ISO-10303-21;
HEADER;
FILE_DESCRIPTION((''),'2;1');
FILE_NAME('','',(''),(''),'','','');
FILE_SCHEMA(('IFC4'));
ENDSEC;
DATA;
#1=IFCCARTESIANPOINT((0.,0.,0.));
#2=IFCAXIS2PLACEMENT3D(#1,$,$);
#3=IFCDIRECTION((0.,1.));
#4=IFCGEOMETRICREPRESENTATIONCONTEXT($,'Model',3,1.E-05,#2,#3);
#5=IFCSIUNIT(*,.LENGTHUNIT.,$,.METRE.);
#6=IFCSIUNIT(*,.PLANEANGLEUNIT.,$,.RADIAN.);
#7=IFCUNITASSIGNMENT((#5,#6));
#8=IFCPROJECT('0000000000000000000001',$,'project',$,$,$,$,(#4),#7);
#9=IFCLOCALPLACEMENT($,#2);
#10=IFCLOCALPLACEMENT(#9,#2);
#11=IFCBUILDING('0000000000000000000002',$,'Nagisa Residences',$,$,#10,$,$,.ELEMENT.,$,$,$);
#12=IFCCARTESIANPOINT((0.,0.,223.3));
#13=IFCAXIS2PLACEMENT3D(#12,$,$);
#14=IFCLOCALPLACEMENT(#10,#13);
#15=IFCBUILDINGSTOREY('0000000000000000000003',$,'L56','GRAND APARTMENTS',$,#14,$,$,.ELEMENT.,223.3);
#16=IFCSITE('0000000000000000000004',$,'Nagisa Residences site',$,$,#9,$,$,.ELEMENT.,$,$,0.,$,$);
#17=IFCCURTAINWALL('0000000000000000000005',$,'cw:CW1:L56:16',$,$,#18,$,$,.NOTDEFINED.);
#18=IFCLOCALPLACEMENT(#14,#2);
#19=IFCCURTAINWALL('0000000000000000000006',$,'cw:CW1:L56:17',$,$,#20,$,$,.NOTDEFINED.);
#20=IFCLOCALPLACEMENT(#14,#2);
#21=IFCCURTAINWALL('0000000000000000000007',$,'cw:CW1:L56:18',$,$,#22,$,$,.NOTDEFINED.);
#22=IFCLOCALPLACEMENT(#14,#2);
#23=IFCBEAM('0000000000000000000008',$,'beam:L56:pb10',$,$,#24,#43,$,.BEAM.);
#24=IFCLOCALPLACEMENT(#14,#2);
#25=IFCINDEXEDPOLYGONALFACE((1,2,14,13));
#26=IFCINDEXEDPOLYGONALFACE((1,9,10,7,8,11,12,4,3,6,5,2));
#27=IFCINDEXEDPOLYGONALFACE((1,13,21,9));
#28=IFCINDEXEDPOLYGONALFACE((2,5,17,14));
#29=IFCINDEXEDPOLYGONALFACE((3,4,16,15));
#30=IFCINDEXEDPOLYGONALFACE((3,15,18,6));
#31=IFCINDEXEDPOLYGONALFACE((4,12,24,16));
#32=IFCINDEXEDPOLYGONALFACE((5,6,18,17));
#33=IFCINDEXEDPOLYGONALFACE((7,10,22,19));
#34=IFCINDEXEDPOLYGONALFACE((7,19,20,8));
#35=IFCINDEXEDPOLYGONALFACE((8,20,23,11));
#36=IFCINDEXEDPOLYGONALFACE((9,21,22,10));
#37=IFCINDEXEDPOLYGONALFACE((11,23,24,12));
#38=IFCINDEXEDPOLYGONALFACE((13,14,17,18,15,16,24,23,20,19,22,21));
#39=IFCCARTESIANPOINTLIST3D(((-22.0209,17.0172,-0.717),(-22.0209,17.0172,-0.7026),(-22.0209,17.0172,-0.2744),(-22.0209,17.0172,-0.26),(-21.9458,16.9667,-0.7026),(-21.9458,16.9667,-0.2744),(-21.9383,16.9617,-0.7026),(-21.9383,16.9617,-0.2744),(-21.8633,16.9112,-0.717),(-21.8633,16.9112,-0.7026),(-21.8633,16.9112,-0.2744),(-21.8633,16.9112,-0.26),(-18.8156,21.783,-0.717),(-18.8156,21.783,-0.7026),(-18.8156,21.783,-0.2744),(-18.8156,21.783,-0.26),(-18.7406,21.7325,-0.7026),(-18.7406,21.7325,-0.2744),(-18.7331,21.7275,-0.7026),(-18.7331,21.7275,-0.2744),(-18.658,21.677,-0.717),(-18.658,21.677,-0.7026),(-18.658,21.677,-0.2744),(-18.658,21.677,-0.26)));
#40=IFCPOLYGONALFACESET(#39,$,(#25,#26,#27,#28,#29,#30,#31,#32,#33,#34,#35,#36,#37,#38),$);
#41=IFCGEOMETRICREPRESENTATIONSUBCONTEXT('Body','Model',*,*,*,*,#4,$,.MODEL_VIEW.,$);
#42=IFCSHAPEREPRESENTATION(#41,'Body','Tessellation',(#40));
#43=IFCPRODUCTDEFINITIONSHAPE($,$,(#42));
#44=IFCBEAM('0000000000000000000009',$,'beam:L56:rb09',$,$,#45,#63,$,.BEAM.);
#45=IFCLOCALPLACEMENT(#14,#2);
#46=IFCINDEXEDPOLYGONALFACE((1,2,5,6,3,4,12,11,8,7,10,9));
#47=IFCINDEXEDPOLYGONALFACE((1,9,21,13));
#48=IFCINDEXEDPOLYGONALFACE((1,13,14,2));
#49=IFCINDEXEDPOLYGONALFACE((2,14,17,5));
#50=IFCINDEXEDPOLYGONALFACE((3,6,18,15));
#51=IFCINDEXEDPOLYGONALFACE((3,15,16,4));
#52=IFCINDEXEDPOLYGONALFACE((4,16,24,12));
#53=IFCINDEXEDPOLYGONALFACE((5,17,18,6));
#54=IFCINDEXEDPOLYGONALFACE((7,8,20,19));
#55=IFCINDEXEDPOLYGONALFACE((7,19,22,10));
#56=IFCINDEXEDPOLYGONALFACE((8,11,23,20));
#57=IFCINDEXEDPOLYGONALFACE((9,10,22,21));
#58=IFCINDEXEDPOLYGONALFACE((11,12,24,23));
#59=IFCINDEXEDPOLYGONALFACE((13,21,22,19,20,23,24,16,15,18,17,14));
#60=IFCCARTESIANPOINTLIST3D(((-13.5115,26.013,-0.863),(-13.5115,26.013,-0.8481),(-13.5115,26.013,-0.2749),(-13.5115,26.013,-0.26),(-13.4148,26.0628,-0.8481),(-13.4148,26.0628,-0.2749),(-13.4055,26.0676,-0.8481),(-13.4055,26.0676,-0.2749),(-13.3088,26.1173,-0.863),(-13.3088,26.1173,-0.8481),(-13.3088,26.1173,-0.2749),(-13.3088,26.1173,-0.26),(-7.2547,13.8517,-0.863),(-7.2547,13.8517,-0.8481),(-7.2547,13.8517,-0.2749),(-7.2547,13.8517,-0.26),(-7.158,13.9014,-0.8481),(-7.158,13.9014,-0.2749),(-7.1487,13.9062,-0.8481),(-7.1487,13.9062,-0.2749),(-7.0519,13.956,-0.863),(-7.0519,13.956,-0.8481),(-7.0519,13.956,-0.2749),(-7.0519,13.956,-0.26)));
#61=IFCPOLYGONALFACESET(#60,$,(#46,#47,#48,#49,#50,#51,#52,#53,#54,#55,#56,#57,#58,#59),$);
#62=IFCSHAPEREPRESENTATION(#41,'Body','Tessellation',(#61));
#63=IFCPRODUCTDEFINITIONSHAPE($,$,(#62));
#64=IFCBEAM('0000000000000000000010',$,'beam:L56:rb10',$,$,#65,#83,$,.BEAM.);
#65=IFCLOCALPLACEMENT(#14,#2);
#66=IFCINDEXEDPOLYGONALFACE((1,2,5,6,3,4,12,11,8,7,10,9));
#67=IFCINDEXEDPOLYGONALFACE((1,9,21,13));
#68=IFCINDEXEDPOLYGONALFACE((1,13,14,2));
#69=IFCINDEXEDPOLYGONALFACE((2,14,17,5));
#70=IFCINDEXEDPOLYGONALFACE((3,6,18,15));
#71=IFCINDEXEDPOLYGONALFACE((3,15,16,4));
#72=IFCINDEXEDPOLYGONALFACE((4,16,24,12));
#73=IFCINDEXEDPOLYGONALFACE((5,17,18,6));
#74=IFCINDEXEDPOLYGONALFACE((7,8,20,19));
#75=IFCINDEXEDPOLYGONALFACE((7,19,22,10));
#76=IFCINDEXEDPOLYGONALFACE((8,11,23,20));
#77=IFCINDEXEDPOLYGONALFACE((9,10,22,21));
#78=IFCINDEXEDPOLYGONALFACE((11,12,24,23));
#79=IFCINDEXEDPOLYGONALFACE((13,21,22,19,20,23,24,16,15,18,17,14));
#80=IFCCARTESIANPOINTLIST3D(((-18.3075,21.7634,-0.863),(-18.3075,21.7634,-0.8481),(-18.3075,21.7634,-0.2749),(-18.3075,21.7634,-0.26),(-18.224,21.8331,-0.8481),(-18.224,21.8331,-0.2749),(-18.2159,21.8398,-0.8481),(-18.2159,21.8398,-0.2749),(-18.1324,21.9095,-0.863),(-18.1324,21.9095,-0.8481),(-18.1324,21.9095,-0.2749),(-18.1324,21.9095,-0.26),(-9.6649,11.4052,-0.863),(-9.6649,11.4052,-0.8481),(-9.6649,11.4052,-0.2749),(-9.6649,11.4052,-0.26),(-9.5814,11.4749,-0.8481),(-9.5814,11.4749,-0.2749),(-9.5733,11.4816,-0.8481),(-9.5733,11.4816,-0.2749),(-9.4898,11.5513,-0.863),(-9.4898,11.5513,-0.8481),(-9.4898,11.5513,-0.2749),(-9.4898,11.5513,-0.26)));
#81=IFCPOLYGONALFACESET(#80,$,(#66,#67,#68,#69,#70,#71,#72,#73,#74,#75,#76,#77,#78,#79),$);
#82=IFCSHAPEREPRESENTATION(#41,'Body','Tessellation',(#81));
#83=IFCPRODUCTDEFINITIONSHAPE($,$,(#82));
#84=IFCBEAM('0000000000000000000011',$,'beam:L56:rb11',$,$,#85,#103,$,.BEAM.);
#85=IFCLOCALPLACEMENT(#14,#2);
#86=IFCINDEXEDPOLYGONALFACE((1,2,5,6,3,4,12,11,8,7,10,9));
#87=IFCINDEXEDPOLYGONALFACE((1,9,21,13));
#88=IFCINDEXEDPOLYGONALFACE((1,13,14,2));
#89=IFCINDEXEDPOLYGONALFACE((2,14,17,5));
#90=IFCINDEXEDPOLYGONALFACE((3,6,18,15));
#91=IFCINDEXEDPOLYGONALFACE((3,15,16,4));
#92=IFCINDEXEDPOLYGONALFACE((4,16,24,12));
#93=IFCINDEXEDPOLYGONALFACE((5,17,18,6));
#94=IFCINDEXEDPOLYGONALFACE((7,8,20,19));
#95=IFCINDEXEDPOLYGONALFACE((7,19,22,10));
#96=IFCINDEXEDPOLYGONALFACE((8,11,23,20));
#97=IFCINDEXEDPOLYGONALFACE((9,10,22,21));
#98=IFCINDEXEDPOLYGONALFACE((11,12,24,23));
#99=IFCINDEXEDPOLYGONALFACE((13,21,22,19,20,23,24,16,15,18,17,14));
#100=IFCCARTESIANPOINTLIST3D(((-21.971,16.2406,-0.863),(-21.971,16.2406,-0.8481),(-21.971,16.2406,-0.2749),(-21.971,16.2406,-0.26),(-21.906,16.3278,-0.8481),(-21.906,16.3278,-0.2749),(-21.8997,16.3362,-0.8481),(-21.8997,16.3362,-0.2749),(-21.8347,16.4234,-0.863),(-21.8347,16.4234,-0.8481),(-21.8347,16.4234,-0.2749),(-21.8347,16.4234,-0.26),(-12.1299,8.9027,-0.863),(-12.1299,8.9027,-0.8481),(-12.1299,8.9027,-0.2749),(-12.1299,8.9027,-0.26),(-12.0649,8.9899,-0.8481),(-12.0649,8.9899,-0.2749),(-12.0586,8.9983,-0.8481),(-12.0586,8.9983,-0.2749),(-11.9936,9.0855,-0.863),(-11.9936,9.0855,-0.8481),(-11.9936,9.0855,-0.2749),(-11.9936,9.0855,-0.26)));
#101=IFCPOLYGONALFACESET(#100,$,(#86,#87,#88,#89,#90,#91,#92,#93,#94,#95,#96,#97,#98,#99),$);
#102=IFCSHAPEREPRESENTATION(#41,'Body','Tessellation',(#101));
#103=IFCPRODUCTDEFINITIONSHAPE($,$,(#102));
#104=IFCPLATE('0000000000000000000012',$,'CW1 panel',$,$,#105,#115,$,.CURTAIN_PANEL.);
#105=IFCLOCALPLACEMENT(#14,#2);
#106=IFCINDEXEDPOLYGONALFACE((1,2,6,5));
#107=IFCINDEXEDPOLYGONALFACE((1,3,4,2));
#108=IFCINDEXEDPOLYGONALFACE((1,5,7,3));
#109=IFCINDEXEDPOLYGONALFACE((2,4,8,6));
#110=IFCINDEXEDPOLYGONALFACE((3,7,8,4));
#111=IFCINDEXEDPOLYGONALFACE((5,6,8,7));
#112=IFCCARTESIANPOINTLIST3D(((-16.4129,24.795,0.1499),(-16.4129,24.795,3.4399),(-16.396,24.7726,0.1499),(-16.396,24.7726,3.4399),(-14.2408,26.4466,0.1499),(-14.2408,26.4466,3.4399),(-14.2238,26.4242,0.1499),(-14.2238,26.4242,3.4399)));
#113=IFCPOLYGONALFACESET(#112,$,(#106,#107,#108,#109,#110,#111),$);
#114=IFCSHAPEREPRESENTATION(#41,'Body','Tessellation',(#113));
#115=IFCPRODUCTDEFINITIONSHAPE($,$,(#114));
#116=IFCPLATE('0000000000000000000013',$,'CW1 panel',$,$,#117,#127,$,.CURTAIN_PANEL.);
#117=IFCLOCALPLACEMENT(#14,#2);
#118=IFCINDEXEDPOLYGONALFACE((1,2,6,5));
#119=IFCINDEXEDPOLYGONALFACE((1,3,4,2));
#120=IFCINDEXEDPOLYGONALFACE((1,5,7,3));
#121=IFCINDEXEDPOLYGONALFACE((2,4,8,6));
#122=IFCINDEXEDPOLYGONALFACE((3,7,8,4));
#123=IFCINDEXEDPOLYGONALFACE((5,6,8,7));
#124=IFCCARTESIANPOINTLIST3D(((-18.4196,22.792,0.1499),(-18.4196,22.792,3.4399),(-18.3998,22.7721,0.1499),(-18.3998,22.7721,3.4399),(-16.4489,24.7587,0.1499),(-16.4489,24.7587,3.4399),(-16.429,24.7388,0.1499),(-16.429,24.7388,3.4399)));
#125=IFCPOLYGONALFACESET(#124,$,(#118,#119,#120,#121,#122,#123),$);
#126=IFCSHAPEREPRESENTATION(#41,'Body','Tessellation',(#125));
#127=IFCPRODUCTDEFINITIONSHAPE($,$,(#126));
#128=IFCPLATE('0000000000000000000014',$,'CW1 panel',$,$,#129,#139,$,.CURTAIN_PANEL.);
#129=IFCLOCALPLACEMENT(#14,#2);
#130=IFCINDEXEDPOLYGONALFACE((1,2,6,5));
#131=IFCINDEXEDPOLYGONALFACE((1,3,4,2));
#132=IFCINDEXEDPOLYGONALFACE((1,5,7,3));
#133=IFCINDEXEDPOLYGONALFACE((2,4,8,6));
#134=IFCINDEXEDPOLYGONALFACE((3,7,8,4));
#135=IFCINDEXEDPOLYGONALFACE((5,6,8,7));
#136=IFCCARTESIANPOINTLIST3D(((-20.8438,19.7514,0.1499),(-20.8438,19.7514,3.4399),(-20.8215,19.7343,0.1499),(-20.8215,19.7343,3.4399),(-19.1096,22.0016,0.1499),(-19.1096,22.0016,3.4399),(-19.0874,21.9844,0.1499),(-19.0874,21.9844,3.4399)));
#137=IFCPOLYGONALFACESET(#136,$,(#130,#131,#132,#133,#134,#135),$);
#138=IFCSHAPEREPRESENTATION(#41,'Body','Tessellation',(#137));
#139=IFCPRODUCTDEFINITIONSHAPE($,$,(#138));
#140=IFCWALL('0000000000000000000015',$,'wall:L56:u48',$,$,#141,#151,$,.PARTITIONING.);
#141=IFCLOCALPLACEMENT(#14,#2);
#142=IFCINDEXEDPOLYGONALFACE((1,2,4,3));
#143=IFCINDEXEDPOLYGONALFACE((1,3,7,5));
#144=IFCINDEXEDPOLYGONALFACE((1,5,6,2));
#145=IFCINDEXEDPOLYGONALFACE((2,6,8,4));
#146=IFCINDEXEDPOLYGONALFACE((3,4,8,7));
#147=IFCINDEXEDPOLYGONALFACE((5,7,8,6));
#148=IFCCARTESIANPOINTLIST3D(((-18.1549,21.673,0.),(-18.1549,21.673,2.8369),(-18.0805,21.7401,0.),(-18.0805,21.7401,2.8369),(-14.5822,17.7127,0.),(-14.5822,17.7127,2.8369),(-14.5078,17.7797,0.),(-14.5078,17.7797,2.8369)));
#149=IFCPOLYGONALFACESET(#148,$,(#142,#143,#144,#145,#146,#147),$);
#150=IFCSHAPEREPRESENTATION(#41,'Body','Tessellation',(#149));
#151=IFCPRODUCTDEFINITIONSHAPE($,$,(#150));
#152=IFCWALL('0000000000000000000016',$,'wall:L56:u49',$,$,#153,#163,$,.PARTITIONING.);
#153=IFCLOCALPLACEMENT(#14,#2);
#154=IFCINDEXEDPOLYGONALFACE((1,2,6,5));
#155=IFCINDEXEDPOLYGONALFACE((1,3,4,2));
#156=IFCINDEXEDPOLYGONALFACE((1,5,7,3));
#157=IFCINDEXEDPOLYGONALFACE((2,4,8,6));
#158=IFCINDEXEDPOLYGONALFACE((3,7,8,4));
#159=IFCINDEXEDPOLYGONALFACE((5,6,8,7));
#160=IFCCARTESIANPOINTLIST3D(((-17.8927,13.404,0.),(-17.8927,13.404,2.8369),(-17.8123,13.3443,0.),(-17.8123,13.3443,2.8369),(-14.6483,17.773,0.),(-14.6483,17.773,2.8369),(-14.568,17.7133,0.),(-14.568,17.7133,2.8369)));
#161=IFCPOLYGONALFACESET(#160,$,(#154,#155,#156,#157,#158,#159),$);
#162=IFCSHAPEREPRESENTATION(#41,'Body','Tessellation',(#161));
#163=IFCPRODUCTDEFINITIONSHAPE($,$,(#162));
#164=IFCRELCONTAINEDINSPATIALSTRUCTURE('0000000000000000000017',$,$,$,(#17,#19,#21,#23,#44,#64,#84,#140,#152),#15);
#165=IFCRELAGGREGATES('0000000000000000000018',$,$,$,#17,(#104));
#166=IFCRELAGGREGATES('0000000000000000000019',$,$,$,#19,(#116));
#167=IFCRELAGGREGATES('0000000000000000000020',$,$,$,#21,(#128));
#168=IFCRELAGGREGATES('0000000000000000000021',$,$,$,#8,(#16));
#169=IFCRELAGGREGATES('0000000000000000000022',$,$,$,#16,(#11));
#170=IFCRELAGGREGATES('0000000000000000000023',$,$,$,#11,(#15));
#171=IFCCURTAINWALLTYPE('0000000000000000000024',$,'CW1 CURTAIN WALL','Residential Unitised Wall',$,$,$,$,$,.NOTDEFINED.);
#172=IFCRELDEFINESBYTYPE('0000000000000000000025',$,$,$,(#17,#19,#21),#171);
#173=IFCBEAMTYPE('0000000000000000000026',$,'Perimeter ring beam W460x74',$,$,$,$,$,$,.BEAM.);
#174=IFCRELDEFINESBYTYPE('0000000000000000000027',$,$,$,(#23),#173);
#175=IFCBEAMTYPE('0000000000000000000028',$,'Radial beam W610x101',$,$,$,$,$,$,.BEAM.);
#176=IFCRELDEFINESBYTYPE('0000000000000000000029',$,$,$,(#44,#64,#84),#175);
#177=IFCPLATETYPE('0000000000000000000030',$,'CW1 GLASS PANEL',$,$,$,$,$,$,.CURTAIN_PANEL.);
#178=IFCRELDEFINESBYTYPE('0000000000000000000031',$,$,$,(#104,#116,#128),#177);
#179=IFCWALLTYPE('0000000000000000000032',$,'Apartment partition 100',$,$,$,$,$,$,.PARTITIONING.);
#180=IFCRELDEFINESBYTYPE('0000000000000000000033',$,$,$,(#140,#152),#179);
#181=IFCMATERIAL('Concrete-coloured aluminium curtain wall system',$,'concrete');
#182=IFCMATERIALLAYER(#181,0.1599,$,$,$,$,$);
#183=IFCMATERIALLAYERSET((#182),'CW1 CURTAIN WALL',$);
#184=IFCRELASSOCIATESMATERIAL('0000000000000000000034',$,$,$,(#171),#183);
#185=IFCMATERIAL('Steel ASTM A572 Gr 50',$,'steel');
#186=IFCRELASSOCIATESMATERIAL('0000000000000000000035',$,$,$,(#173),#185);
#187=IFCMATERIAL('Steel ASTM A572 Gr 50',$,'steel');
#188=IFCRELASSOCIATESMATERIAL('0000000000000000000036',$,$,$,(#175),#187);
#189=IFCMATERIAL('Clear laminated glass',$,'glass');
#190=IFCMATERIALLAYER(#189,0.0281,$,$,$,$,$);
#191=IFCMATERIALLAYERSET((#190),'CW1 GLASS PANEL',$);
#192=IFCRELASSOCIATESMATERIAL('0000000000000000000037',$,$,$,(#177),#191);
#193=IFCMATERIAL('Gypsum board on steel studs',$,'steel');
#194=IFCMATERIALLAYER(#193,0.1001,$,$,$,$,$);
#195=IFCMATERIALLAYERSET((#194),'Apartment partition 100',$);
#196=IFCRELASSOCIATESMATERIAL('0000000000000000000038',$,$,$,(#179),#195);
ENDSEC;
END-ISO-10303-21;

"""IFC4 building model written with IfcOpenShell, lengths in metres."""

from ifc_helpers import new_model, si_unit, direction, frame, frame_2d, origin, origin_2d, place, context, subcontext, project, spatial, rectangle, i_section, extrude, material, layer, layer_set, material_profile, profile_set, type_object, element, aggregate, save


model = new_model("IFC4")

# Units and contexts
model_context = context("Model", 3, precision=1e-05, world=origin(), true_north=direction((0.0, 1.0)))
body_context = subcontext(model_context, "Body", "Model", "MODEL_VIEW")
ifc_project = project(units=[si_unit("LENGTHUNIT", "METRE"), si_unit("PLANEANGLEUNIT", "RADIAN")], contexts=[model_context])

# Site, building, storey
site_placement = place(None, origin())
site = spatial("IfcSite", under=ifc_project, at=site_placement, Name="Nagisa Residences site", CompositionType="ELEMENT", RefElevation=0.0)
building_placement = place(site_placement, origin())
building = spatial("IfcBuilding", under=site, at=building_placement, Name="Nagisa Residences", CompositionType="ELEMENT")
storey_placement = place(building_placement, frame((0.0, 0.0, 223.3)))
storey = spatial("IfcBuildingStorey", under=building, at=storey_placement, Name="L56", Description="GRAND APARTMENTS", CompositionType="ELEMENT", Elevation=223.3)

# Curtain walls
ifc_material_1 = material(Name="Concrete-coloured aluminium curtain wall system", Category="concrete")
ifc_layer_1 = layer(ifc_material_1, 0.1599)
ifc_layer_set_1 = layer_set([ifc_layer_1], Name="CW1 CURTAIN WALL")
curtain_wall_type = type_object("IfcCurtainWallType", Name="CW1 CURTAIN WALL", Description="Residential Unitised Wall", PredefinedType="NOTDEFINED", material=ifc_layer_set_1)
curtain_wall_1_placement = place(storey_placement, origin())
curtain_wall_1 = element("IfcCurtainWall", 1, at=curtain_wall_1_placement, inside=storey, type_object=curtain_wall_type, Name="cw:CW1:L56:16", PredefinedType="NOTDEFINED")
curtain_wall_2_placement = place(storey_placement, origin())
curtain_wall_2 = element("IfcCurtainWall", 2, at=curtain_wall_2_placement, inside=storey, type_object=curtain_wall_type, Name="cw:CW1:L56:17", PredefinedType="NOTDEFINED")
curtain_wall_3_placement = place(storey_placement, origin())
curtain_wall_3 = element("IfcCurtainWall", 3, at=curtain_wall_3_placement, inside=storey, type_object=curtain_wall_type, Name="cw:CW1:L56:18", PredefinedType="NOTDEFINED")

# Beams
ifc_material_2 = material(Name="Steel ASTM A572 Gr 50", Category="steel")
ifc_material_profile_1 = material_profile(ifc_material_2, i_section(OverallWidth=0.1899, OverallDepth=0.457, WebThickness=0.009, FlangeThickness=0.0144, at=origin_2d()), Name="W460x74")
ifc_profile_set_1 = profile_set([ifc_material_profile_1], Name="Steel ASTM A572 Gr 50")
beam_type_1 = type_object("IfcBeamType", Name="Perimeter ring beam W460x74", PredefinedType="BEAM", material=ifc_profile_set_1)
beam_1_placement = place(storey_placement, frame((-18.7368, 21.73, -0.4885), z_axis=(-0.55808, -0.829787, 0.0), x_axis=(0.829787, -0.55808, 0.0)))
element("IfcBeam", 4, at=beam_1_placement, inside=storey, type_object=beam_type_1, Name="beam:L56:pb10", PredefinedType="BEAM", context=body_context, shape_type="SweptSolid", body=[
    extrude(i_section(OverallWidth=0.1899, OverallDepth=0.457, WebThickness=0.009, FlangeThickness=0.0144, at=origin_2d()), origin(), (0.0, 0.0, 1.0), 5.7434),
])
ifc_material_3 = material(Name="Steel ASTM A572 Gr 50", Category="steel")
ifc_material_profile_2 = material_profile(ifc_material_3, i_section(OverallWidth=0.228, OverallDepth=0.603, WebThickness=0.0105, FlangeThickness=0.0149, at=origin_2d()), Name="W610x101")
ifc_profile_set_2 = profile_set([ifc_material_profile_2], Name="Steel ASTM A572 Gr 50")
beam_type_2 = type_object("IfcBeamType", Name="Radial beam W610x101", PredefinedType="BEAM", material=ifc_profile_set_2)
beam_2_placement = place(storey_placement, frame((-13.4102, 26.0652, -0.5615), z_axis=(0.457488, -0.889216, 0.0), x_axis=(0.889216, 0.457488, 0.0)))
element("IfcBeam", 5, at=beam_2_placement, inside=storey, type_object=beam_type_2, Name="beam:L56:rb09", PredefinedType="BEAM", context=body_context, shape_type="SweptSolid", body=[
    extrude(i_section(OverallWidth=0.228, OverallDepth=0.603, WebThickness=0.0105, FlangeThickness=0.0149, at=origin_2d()), origin(), (0.0, 0.0, 1.0), 13.6765),
])
beam_3_placement = place(storey_placement, frame((-18.22, 21.8364, -0.5615), z_axis=(0.640656, -0.767828, 0.0), x_axis=(0.767828, 0.640656, 0.0)))
element("IfcBeam", 6, at=beam_3_placement, inside=storey, type_object=beam_type_2, Name="beam:L56:rb10", PredefinedType="BEAM", context=body_context, shape_type="SweptSolid", body=[
    extrude(i_section(OverallWidth=0.228, OverallDepth=0.603, WebThickness=0.0105, FlangeThickness=0.0149, at=origin_2d()), origin(), (0.0, 0.0, 1.0), 13.4902),
])
beam_4_placement = place(storey_placement, frame((-21.9028, 16.332, -0.5615), z_axis=(0.801675, -0.597761, 0.0), x_axis=(0.597761, 0.801675, 0.0)))
element("IfcBeam", 7, at=beam_4_placement, inside=storey, type_object=beam_type_2, Name="beam:L56:rb11", PredefinedType="BEAM", context=body_context, shape_type="SweptSolid", body=[
    extrude(i_section(OverallWidth=0.228, OverallDepth=0.603, WebThickness=0.0105, FlangeThickness=0.0149, at=origin_2d()), origin(), (0.0, 0.0, 1.0), 12.2756),
])

# Plates
ifc_material_4 = material(Name="Clear laminated glass", Category="glass")
ifc_layer_2 = layer(ifc_material_4, 0.0281)
ifc_layer_set_2 = layer_set([ifc_layer_2], Name="CW1 GLASS PANEL")
plate_type = type_object("IfcPlateType", Name="CW1 GLASS PANEL", PredefinedType="CURTAIN_PANEL", material=ifc_layer_set_2)
plate_1_placement = place(storey_placement, frame((-15.3184, 25.6096, 0.1499), z_axis=(0.0, 0.0, 1.0), x_axis=(-0.796031, -0.605255, 0.0)))
plate_1 = element("IfcPlate", 8, at=plate_1_placement, type_object=plate_type, Name="CW1 panel", PredefinedType="CURTAIN_PANEL", context=body_context, shape_type="SweptSolid", body=[
    extrude(rectangle(XDim=2.7288, YDim=0.0281, at=origin_2d()), origin(), (0.0, 0.0, 1.0), 3.29),
])
aggregate(curtain_wall_1, [plate_1])
plate_2_placement = place(storey_placement, frame((-17.4243, 23.7654, 0.1499), z_axis=(0.0, 0.0, 1.0), x_axis=(-0.707836, -0.706377, 0.0)))
plate_2 = element("IfcPlate", 9, at=plate_2_placement, type_object=plate_type, Name="CW1 panel", PredefinedType="CURTAIN_PANEL", context=body_context, shape_type="SweptSolid", body=[
    extrude(rectangle(XDim=2.7842, YDim=0.0281, at=origin_2d()), origin(), (0.0, 0.0, 1.0), 3.29),
])
aggregate(curtain_wall_2, [plate_2])
plate_3_placement = place(storey_placement, frame((-19.9656, 20.8679, 0.1499), z_axis=(0.0, 0.0, 1.0), x_axis=(-0.61043, -0.79207, 0.0)))
plate_3 = element("IfcPlate", 10, at=plate_3_placement, type_object=plate_type, Name="CW1 panel", PredefinedType="CURTAIN_PANEL", context=body_context, shape_type="SweptSolid", body=[
    extrude(rectangle(XDim=2.8408, YDim=0.0281, at=origin_2d()), origin(), (0.0, 0.0, 1.0), 3.29),
])
aggregate(curtain_wall_3, [plate_3])

# Walls
ifc_material_5 = material(Name="Gypsum board on steel studs", Category="steel")
ifc_layer_3 = layer(ifc_material_5, 0.1001)
ifc_layer_set_3 = layer_set([ifc_layer_3], Name="Apartment partition 100")
wall_type_1 = type_object("IfcWallType", Name="Apartment partition 100", PredefinedType="PARTITIONING", material=ifc_layer_set_3)
wall_1_placement = place(storey_placement, frame((-14.5449, 17.7461, 0.0), z_axis=(0.0, 0.0, 1.0), x_axis=(-0.669829, 0.742515, 0.0)))
element("IfcWall", 11, at=wall_1_placement, inside=storey, type_object=wall_type_1, Name="wall:L56:u48", PredefinedType="PARTITIONING", context=body_context, shape_type="SweptSolid", body=[
    extrude(rectangle(XDim=5.3337, YDim=0.1001, at=frame_2d((2.667, 0.0))), origin(), (0.0, 0.0, 1.0), 2.8369),
])
wall_2_placement = place(storey_placement, frame((-14.6082, 17.7432, 0.0), z_axis=(0.0, 0.0, 1.0), x_axis=(-0.596174, -0.802855, 0.0)))
element("IfcWall", 12, at=wall_2_placement, inside=storey, type_object=wall_type_1, Name="wall:L56:u49", PredefinedType="PARTITIONING", context=body_context, shape_type="SweptSolid", body=[
    extrude(rectangle(XDim=5.4419, YDim=0.1001, at=frame_2d((2.7209, 0.0))), origin(), (0.0, 0.0, 1.0), 2.8369),
])

save(model, "model.ifc")
